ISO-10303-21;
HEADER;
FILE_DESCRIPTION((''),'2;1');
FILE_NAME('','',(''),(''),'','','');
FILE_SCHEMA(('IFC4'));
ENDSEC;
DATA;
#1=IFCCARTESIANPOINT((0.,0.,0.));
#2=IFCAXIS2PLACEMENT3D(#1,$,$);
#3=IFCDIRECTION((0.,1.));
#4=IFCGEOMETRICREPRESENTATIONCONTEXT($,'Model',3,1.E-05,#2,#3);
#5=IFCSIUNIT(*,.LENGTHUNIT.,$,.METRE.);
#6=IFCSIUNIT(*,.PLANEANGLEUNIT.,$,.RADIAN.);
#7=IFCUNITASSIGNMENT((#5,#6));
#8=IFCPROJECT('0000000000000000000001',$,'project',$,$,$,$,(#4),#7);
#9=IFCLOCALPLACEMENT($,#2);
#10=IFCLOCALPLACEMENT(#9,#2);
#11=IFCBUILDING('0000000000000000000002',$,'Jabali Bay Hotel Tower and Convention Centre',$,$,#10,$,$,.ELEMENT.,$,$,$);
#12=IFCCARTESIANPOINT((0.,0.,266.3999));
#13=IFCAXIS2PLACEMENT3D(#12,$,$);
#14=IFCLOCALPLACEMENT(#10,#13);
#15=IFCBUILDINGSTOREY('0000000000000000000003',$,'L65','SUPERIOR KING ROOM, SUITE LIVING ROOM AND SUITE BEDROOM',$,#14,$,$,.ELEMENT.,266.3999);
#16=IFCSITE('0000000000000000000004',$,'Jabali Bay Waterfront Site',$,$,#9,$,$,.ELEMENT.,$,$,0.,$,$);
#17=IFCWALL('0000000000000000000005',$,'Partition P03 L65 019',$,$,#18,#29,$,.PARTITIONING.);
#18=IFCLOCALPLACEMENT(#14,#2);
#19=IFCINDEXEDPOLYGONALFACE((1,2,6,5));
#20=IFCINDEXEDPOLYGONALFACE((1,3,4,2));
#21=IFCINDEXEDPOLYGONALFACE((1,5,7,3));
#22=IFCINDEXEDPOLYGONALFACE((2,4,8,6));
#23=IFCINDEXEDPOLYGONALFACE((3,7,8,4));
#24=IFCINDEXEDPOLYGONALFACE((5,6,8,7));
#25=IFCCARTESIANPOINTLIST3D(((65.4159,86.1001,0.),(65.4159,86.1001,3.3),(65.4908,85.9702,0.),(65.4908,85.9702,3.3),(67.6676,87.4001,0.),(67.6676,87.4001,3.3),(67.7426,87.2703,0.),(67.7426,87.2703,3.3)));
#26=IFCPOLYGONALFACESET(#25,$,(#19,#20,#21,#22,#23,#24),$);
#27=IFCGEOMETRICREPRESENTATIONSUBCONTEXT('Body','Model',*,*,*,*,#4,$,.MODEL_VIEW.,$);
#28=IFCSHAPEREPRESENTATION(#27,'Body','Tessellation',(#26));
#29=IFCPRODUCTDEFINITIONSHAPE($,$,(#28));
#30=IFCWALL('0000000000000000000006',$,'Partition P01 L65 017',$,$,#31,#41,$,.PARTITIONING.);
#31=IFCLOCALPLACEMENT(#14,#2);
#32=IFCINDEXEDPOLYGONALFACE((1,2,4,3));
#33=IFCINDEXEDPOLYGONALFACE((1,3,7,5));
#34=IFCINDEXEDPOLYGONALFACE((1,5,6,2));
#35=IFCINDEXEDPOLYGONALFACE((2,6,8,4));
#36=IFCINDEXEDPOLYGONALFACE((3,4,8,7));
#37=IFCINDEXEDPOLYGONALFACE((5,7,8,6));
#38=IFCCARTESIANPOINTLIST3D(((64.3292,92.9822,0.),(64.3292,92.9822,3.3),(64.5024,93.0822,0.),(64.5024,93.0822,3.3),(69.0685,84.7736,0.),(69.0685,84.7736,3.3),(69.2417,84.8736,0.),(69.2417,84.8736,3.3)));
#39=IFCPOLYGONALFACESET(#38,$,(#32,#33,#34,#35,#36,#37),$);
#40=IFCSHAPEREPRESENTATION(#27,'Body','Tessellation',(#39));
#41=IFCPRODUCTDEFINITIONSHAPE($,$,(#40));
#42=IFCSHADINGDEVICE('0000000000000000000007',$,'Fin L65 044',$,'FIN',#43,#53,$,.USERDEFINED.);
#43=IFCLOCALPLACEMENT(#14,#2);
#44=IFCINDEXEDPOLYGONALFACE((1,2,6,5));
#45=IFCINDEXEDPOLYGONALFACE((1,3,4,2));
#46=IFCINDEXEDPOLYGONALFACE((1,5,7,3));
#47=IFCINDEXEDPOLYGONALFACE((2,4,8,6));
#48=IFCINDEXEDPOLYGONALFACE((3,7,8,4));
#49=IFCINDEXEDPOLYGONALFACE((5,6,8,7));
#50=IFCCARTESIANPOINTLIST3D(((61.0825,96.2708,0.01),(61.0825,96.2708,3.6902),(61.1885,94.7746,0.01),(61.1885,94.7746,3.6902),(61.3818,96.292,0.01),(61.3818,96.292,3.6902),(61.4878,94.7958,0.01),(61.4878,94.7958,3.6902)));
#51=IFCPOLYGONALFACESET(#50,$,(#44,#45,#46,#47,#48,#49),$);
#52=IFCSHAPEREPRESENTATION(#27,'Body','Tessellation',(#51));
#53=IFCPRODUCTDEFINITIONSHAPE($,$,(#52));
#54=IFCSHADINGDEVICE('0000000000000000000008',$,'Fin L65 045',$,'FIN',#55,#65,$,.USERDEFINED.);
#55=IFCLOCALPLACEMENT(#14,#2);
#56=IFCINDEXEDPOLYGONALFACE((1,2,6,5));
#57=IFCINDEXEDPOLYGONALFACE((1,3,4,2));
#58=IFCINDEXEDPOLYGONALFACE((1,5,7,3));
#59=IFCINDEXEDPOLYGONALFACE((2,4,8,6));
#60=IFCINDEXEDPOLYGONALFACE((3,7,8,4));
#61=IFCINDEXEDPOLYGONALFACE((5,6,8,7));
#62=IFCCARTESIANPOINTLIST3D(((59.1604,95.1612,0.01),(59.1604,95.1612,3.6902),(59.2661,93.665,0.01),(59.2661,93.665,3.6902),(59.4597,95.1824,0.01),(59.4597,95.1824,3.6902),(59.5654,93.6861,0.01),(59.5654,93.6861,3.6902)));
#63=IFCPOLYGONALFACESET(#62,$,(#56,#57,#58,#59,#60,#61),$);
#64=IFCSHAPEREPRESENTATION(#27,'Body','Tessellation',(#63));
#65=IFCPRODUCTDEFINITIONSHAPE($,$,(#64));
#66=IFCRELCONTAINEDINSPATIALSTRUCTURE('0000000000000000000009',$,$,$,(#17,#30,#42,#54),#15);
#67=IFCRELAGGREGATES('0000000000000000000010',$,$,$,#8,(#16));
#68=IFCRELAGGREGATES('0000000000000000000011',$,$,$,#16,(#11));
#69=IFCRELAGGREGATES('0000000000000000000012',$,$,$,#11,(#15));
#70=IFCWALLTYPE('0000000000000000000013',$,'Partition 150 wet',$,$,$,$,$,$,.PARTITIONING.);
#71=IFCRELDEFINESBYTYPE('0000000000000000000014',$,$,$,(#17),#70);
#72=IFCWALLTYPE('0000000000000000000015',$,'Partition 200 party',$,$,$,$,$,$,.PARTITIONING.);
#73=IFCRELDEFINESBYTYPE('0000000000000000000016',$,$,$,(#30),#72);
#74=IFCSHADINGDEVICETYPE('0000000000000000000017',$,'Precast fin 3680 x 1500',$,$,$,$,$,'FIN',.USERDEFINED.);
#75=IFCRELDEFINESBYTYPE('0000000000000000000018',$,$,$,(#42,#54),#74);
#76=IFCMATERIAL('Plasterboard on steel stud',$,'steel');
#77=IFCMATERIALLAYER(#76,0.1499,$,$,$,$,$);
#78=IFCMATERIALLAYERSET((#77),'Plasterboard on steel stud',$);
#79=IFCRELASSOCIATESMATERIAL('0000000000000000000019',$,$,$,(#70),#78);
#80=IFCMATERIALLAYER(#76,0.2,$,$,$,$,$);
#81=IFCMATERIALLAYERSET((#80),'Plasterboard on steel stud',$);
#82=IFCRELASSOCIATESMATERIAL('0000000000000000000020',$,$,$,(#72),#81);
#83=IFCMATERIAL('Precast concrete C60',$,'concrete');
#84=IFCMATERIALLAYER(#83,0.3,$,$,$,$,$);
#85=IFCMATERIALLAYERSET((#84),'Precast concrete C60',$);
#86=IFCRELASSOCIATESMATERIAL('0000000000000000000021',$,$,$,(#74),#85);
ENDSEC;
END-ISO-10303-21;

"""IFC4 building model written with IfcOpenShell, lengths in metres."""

from ifc_helpers import new_model, si_unit, direction, frame, frame_2d, origin, place, context, subcontext, project, spatial, rectangle, extrude, material, layer, layer_set, type_object, element, save


model = new_model("IFC4")

# Units and contexts
model_context = context("Model", 3, precision=1e-05, world=origin(), true_north=direction((0.0, 1.0)))
body_context = subcontext(model_context, "Body", "Model", "MODEL_VIEW")
ifc_project = project(units=[si_unit("LENGTHUNIT", "METRE"), si_unit("PLANEANGLEUNIT", "RADIAN")], contexts=[model_context])

# Site, building, storey
site_placement = place(None, origin())
site = spatial("IfcSite", under=ifc_project, at=site_placement, Name="Jabali Bay Waterfront Site", CompositionType="ELEMENT", RefElevation=0.0)
building_placement = place(site_placement, origin())
building = spatial("IfcBuilding", under=site, at=building_placement, Name="Jabali Bay Hotel Tower and Convention Centre", CompositionType="ELEMENT")
storey_placement = place(building_placement, frame((0.0, 0.0, 266.3999)))
storey = spatial("IfcBuildingStorey", under=building, at=storey_placement, Name="L65", Description="SUPERIOR KING ROOM, SUITE LIVING ROOM AND SUITE BEDROOM", CompositionType="ELEMENT", Elevation=266.3999)

# Shared definitions
ifc_material_1 = material(Name="Plasterboard on steel stud", Category="steel")
ifc_layer_1 = layer(ifc_material_1, 0.1499)
ifc_layer_set_1 = layer_set([ifc_layer_1], Name="Plasterboard on steel stud")
wall_type_1 = type_object("IfcWallType", Name="Partition 150 wet", PredefinedType="PARTITIONING", material=ifc_layer_set_1)

# Walls
wall_1_placement = place(storey_placement, frame((65.4534, 86.0352, 0.0), z_axis=(0.0, 0.0, 1.0), x_axis=(0.866021, 0.500007, 0.0)))
element("IfcWall", 1, at=wall_1_placement, inside=storey, type_object=wall_type_1, Name="Partition P03 L65 019", PredefinedType="PARTITIONING", context=body_context, shape_type="SweptSolid", body=[
    extrude(rectangle(XDim=2.6001, YDim=0.1499, at=frame_2d((1.3, 0.0))), origin(), (0.0, 0.0, 1.0), 3.3),
])
ifc_layer_2 = layer(ifc_material_1, 0.2)
ifc_layer_set_2 = layer_set([ifc_layer_2], Name="Plasterboard on steel stud")
wall_type_2 = type_object("IfcWallType", Name="Partition 200 party", PredefinedType="PARTITIONING", material=ifc_layer_set_2)
wall_2_placement = place(storey_placement, frame((64.4158, 93.0322, 0.0), z_axis=(0.0, 0.0, 1.0), x_axis=(0.500006, -0.866022, 0.0)))
element("IfcWall", 2, at=wall_2_placement, inside=storey, type_object=wall_type_2, Name="Partition P01 L65 017", PredefinedType="PARTITIONING", context=body_context, shape_type="SweptSolid", body=[
    extrude(rectangle(XDim=9.4785, YDim=0.2, at=frame_2d((4.7393, 0.0))), origin(), (0.0, 0.0, 1.0), 3.3),
])

# Shading devices
ifc_material_2 = material(Name="Precast concrete C60", Category="concrete")
ifc_layer_3 = layer(ifc_material_2, 0.3)
ifc_layer_set_3 = layer_set([ifc_layer_3], Name="Precast concrete C60")
shading_device_type = type_object("IfcShadingDeviceType", Name="Precast fin 3680 x 1500", ElementType="FIN", PredefinedType="USERDEFINED", material=ifc_layer_set_3)
for number, where, z_axis, x_axis, name in (
    (3, (61.3381, 94.7852, 0.01), (0.0, 0.0, 1.0), (-0.070634, 0.997502, 0.0), "Fin L65 044"),
    (4, (59.4158, 93.6755, 0.01), (0.0, 0.0, 1.0), (-0.070472, 0.997514, 0.0), "Fin L65 045"),
):
    element("IfcShadingDevice", number, at=place(storey_placement, frame(where, z_axis=z_axis, x_axis=x_axis)), inside=storey, type_object=shading_device_type, Name=name, ObjectType="FIN", PredefinedType="USERDEFINED", context=body_context, shape_type="SweptSolid", body=[
        extrude(rectangle(XDim=1.5, YDim=0.3, at=frame_2d((0.75, 0.0))), origin(), (0.0, 0.0, 1.0), 3.6802),
    ])

save(model, "model.ifc")
